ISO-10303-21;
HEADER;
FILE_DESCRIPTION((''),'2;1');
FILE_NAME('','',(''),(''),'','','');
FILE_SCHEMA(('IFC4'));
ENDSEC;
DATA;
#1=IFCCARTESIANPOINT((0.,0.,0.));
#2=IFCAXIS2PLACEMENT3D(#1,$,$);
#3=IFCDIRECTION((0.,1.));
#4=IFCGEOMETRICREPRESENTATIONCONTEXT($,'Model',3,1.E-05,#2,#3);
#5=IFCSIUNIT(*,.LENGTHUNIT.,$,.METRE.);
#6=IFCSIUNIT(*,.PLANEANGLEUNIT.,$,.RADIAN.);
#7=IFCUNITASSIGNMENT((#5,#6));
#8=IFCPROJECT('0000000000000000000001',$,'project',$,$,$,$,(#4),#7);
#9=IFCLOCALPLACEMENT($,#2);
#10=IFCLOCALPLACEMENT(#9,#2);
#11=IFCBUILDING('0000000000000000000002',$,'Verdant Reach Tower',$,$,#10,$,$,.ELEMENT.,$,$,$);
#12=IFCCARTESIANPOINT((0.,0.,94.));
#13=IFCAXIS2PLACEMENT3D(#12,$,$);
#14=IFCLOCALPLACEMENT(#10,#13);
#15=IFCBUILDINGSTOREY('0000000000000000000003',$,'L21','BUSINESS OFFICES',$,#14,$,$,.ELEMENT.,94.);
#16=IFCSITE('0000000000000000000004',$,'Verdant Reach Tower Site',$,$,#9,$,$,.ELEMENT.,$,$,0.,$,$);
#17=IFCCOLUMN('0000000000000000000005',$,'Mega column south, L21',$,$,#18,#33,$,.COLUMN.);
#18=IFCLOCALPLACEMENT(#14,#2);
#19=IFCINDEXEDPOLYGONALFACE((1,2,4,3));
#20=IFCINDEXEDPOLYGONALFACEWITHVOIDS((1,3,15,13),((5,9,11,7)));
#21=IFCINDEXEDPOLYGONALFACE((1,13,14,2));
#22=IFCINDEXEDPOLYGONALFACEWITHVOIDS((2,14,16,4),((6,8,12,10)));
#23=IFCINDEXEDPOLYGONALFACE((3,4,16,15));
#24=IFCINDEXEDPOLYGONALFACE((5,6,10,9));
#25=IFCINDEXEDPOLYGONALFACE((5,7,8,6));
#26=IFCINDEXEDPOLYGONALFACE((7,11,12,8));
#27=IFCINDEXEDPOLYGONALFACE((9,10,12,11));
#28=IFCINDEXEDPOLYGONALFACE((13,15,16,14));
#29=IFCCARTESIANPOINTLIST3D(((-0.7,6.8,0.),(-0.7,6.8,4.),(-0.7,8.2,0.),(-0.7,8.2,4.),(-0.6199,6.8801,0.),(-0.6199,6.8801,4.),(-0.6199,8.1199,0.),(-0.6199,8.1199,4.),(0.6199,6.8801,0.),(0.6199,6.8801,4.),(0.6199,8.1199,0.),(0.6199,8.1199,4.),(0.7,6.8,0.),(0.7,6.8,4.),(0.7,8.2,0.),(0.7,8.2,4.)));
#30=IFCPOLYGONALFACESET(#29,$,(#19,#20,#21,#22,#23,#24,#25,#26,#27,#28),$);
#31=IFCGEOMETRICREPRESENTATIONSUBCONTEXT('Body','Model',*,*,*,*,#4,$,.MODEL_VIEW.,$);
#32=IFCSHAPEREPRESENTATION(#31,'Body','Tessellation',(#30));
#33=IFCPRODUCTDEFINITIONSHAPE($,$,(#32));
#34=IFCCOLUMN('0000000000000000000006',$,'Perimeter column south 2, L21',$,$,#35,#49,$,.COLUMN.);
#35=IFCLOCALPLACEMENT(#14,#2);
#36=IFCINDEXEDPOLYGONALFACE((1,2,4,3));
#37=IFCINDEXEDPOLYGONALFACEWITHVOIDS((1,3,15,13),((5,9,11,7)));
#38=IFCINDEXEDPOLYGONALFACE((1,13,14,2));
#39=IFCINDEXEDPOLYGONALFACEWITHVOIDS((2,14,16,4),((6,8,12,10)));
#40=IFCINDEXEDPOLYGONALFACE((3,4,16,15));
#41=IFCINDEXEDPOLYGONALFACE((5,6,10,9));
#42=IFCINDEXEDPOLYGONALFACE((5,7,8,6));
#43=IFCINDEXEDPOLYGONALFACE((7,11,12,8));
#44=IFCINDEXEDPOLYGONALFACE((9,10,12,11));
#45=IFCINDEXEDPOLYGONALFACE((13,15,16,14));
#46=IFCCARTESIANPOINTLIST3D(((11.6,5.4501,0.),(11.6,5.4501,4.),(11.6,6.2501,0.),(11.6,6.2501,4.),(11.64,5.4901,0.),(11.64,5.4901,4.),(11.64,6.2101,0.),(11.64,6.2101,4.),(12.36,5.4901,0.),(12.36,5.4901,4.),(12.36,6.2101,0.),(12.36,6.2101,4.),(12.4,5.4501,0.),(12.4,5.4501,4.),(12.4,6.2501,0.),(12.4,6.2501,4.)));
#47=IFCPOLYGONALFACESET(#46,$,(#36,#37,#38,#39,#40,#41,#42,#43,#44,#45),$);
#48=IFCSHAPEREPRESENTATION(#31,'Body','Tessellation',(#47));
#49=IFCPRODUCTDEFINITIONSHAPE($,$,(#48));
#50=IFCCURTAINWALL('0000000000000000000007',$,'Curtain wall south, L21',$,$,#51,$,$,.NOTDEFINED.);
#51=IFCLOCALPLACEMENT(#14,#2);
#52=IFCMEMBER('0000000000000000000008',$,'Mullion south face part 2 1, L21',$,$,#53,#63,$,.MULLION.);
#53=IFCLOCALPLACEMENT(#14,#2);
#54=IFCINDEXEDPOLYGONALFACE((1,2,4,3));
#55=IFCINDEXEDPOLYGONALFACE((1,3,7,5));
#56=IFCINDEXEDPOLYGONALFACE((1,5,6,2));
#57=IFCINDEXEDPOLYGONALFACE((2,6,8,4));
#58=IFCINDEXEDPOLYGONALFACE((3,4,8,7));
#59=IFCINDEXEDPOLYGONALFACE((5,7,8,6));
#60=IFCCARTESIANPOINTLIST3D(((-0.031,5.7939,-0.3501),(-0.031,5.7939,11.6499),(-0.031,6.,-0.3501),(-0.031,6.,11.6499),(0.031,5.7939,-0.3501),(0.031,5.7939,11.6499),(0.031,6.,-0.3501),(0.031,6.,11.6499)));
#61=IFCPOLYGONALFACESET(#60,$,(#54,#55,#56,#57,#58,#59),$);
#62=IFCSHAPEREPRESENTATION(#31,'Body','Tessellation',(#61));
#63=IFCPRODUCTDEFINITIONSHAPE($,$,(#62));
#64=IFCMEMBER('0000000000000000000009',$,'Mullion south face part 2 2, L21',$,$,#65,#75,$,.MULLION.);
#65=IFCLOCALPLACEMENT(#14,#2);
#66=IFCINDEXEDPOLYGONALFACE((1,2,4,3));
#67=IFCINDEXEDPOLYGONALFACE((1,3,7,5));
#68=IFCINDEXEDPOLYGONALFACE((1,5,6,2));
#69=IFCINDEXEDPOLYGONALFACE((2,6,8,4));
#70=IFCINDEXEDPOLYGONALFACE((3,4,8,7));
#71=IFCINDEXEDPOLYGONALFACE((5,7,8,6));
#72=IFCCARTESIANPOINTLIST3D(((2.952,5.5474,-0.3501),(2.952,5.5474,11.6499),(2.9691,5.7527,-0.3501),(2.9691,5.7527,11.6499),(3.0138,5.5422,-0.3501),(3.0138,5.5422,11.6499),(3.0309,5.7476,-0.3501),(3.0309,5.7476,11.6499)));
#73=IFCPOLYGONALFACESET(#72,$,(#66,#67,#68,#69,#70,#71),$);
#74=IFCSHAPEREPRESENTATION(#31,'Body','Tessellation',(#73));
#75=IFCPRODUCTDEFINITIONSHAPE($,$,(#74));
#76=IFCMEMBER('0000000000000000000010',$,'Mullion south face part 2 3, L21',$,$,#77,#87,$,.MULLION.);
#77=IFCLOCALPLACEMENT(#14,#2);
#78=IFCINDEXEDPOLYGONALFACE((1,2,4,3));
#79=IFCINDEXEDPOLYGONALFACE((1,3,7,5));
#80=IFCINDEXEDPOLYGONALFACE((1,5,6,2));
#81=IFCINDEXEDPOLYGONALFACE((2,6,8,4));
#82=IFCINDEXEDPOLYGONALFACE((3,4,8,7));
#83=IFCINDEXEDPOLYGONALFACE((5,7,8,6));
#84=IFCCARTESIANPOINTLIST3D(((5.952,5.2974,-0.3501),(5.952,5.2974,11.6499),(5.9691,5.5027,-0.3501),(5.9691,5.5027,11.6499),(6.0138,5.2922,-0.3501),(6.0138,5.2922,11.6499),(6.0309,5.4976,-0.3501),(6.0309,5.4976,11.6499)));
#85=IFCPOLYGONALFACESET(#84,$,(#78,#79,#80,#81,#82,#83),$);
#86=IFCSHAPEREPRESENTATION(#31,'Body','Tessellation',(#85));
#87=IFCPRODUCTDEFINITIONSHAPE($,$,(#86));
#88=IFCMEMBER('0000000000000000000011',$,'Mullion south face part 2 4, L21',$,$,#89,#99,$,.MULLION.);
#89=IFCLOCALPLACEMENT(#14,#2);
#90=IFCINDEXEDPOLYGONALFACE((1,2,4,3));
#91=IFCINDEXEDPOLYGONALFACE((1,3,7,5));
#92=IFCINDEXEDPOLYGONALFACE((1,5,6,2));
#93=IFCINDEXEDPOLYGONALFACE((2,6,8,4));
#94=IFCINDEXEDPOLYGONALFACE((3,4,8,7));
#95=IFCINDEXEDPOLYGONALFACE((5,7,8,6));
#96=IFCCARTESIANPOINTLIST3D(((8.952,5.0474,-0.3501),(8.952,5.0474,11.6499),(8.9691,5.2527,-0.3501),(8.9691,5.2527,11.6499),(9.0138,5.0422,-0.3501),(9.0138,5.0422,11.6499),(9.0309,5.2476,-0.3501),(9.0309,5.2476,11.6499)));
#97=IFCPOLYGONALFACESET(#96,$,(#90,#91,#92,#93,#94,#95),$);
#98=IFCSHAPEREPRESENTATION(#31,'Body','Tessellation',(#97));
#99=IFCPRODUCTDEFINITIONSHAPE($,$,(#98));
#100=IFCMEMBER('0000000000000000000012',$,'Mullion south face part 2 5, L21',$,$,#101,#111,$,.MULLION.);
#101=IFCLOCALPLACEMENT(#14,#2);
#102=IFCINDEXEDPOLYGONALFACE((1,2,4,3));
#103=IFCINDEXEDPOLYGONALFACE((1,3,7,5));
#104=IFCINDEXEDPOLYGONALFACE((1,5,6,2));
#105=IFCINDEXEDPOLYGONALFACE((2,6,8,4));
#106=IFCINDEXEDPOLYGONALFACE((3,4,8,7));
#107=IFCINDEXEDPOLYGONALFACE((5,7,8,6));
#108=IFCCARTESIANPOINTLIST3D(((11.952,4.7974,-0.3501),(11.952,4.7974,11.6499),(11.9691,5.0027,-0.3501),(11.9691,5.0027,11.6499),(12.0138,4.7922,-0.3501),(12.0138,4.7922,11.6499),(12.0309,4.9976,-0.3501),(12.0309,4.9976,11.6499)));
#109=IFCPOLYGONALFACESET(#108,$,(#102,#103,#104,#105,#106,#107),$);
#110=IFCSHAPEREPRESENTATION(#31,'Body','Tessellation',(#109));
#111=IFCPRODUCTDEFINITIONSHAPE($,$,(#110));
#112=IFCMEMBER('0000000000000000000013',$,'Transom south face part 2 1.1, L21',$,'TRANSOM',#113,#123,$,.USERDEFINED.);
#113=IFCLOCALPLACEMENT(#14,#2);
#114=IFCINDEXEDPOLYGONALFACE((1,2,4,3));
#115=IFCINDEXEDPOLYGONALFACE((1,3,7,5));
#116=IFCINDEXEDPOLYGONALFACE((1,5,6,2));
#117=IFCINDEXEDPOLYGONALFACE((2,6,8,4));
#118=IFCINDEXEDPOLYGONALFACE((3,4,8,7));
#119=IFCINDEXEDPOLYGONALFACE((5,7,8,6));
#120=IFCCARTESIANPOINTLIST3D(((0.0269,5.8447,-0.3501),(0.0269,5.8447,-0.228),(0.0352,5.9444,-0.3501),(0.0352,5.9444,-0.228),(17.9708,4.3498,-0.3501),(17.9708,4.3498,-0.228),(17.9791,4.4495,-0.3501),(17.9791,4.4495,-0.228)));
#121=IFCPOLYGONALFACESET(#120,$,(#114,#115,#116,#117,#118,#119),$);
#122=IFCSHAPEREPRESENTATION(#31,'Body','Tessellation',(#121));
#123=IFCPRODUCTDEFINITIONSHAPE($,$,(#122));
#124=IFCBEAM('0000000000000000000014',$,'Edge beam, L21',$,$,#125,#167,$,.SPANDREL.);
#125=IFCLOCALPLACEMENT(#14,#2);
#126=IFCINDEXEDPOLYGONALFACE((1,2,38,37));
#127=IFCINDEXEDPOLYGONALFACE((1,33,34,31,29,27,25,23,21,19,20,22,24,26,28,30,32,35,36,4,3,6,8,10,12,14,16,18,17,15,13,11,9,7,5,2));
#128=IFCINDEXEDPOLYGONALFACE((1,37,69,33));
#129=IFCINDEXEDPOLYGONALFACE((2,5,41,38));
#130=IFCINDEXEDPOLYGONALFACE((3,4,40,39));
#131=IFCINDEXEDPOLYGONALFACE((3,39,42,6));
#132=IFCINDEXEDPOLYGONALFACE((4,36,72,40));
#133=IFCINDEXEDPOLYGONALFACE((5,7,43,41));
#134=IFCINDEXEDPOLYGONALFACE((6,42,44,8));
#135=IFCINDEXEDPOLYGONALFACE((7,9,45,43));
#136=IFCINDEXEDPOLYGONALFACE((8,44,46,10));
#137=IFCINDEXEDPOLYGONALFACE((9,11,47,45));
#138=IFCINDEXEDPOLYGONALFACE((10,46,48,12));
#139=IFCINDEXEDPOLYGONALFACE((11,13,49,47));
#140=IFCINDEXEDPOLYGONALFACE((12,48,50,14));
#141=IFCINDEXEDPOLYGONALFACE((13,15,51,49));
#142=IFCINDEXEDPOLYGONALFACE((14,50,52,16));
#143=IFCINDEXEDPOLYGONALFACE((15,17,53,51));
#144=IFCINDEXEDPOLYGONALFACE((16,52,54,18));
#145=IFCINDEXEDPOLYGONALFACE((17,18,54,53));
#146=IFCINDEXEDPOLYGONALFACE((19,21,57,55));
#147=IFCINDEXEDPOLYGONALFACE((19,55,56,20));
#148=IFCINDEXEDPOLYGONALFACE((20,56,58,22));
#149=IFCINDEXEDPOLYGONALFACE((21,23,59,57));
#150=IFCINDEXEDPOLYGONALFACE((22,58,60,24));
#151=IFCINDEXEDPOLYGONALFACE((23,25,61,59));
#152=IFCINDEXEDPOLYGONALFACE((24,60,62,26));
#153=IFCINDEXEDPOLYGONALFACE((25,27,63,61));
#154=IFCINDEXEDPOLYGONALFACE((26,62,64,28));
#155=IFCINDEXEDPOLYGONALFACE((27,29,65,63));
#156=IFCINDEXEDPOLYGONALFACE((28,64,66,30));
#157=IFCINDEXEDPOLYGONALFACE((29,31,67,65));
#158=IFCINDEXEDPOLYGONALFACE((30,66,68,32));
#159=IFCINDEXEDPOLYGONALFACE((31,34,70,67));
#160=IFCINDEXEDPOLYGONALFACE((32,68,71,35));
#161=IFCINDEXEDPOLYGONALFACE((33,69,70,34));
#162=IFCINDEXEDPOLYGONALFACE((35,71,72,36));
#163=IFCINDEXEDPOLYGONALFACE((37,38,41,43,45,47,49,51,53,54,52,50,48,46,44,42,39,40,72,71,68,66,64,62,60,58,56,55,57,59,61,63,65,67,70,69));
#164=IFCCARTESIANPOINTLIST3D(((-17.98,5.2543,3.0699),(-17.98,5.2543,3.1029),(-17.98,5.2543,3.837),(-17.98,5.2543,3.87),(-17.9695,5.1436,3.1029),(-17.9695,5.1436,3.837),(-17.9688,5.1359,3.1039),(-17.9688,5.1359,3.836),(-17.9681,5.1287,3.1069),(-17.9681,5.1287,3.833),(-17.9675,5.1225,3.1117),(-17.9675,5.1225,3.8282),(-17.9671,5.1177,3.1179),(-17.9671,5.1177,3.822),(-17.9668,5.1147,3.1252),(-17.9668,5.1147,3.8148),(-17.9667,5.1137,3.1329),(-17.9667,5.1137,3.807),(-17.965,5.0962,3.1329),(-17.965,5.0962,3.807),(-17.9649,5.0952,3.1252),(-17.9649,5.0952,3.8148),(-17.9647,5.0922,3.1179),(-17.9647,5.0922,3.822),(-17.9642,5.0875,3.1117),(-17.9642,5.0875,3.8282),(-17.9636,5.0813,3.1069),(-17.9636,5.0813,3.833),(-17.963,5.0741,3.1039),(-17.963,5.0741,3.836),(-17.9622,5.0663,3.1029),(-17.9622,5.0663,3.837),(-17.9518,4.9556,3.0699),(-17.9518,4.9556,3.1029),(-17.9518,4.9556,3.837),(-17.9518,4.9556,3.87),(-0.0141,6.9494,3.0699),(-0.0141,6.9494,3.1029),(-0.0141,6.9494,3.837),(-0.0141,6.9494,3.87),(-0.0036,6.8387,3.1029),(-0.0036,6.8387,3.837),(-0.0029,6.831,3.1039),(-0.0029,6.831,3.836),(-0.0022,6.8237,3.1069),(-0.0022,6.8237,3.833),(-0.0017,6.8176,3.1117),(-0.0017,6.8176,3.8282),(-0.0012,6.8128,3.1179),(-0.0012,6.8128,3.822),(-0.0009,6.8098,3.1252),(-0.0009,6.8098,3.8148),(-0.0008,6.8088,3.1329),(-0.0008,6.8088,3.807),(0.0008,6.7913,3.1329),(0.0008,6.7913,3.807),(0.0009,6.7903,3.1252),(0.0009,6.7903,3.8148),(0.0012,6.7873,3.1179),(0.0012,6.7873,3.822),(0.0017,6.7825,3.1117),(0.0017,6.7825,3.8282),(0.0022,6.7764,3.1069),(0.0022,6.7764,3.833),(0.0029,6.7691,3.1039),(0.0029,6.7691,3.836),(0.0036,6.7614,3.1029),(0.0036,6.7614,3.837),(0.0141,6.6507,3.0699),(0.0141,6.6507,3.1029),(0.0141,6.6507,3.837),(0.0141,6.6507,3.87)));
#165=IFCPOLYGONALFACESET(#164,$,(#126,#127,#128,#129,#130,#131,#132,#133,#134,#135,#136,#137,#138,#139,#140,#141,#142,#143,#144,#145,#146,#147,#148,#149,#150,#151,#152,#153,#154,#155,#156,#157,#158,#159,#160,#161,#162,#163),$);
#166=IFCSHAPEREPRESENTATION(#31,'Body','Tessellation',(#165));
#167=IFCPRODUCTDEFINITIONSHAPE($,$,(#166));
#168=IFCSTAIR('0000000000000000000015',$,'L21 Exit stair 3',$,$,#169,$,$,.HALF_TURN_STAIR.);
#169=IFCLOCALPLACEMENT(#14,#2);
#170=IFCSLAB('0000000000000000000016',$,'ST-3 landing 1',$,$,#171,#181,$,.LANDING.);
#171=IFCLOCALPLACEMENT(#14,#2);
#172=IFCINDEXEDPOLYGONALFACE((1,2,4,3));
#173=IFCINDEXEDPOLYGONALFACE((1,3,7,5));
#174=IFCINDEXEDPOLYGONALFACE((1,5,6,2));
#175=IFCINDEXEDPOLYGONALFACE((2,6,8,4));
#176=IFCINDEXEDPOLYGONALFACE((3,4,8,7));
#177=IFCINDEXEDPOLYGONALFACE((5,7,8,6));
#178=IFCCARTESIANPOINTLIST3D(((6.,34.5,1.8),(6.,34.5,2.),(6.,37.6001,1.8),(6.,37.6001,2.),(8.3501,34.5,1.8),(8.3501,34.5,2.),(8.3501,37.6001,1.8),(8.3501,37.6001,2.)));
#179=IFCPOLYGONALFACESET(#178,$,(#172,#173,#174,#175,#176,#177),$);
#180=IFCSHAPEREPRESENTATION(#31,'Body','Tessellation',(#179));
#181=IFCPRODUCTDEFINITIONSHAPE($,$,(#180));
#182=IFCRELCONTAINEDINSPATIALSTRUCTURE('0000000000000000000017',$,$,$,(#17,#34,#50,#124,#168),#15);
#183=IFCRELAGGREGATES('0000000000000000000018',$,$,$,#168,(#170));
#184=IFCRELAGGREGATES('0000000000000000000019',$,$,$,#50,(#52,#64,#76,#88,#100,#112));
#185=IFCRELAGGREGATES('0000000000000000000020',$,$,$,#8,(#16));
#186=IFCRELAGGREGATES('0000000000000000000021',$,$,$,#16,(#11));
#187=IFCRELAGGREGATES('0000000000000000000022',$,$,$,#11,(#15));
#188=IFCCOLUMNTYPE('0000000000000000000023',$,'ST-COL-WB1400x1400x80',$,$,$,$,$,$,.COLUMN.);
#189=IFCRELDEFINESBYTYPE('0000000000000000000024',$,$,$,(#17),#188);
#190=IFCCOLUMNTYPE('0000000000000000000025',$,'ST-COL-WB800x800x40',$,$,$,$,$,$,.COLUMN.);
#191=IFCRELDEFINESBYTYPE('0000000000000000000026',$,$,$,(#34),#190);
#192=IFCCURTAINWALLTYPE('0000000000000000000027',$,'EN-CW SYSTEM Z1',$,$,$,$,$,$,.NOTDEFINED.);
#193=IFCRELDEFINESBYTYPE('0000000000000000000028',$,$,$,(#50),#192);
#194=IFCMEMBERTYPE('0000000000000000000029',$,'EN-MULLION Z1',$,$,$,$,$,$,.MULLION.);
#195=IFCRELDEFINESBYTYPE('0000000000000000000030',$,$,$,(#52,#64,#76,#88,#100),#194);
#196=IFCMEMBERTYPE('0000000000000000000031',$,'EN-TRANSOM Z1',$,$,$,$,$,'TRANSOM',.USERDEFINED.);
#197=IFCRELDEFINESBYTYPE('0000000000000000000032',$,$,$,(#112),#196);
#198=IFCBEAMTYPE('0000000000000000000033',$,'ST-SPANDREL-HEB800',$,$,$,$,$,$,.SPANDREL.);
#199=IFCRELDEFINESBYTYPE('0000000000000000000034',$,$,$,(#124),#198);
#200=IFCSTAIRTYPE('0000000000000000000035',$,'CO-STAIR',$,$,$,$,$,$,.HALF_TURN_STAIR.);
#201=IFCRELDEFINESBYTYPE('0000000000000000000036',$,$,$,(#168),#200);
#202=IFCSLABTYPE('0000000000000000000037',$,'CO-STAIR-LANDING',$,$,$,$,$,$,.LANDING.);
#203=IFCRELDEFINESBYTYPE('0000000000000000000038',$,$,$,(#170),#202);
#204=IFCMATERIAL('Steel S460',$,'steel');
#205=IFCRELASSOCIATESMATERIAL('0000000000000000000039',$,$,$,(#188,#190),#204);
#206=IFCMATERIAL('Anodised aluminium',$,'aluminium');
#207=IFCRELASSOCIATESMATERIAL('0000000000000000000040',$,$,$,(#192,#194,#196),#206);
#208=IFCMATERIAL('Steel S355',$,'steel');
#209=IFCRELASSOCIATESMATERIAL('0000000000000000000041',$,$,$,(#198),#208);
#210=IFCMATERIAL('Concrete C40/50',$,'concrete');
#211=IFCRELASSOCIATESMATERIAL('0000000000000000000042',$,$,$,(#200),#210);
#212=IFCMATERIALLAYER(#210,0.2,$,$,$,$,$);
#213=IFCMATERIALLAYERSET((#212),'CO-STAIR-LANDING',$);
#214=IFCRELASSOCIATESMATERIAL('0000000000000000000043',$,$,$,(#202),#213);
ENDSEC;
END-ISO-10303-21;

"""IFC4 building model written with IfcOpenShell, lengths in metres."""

from ifc_helpers import new_model, si_unit, direction, frame, origin, origin_2d, place, context, subcontext, project, spatial, polyline, rectangle, hollow_rectangle, i_section, outline, extrude, material, layer, layer_set, material_profile, profile_set, type_object, element, aggregate, save


model = new_model("IFC4")

# Units and contexts
model_context = context("Model", 3, precision=1e-05, world=origin(), true_north=direction((0.0, 1.0)))
body_context = subcontext(model_context, "Body", "Model", "MODEL_VIEW")
ifc_project = project(units=[si_unit("LENGTHUNIT", "METRE"), si_unit("PLANEANGLEUNIT", "RADIAN")], contexts=[model_context])

# Site, building, storey
site_placement = place(None, origin())
site = spatial("IfcSite", under=ifc_project, at=site_placement, Name="Verdant Reach Tower Site", CompositionType="ELEMENT", RefElevation=0.0)
building_placement = place(site_placement, origin())
building = spatial("IfcBuilding", under=site, at=building_placement, Name="Verdant Reach Tower", CompositionType="ELEMENT")
storey_placement = place(building_placement, frame((0.0, 0.0, 94.0)))
storey = spatial("IfcBuildingStorey", under=building, at=storey_placement, Name="L21", Description="BUSINESS OFFICES", CompositionType="ELEMENT", Elevation=94.0)

# Columns
ifc_material_1 = material(Name="Steel S460", Category="steel")
ifc_material_profile_1 = material_profile(ifc_material_1, hollow_rectangle(XDim=1.3999, YDim=1.3999, WallThickness=0.0801, at=origin_2d()), Name="WB 1400x1400x80")
ifc_profile_set_1 = profile_set([ifc_material_profile_1], Name="Steel S460")
column_type_1 = type_object("IfcColumnType", Name="ST-COL-WB1400x1400x80", PredefinedType="COLUMN", material=ifc_profile_set_1)
column_1_placement = place(storey_placement, frame((0.0, 7.5, 0.0), z_axis=(0.0, 0.0, 1.0), x_axis=(1.0, 0.0, 0.0)))
element("IfcColumn", 1, at=column_1_placement, inside=storey, type_object=column_type_1, Name="Mega column south, L21", PredefinedType="COLUMN", context=body_context, shape_type="SweptSolid", body=[
    extrude(hollow_rectangle(XDim=1.3999, YDim=1.3999, WallThickness=0.0801, at=origin_2d()), origin(), (0.0, 0.0, 1.0), 4.0),
])
ifc_material_profile_2 = material_profile(ifc_material_1, hollow_rectangle(XDim=0.8, YDim=0.8, WallThickness=0.04, at=origin_2d()), Name="WB 800x800x40")
ifc_profile_set_2 = profile_set([ifc_material_profile_2], Name="Steel S460")
column_type_2 = type_object("IfcColumnType", Name="ST-COL-WB800x800x40", PredefinedType="COLUMN", material=ifc_profile_set_2)
column_2_placement = place(storey_placement, frame((12.0, 5.8501, 0.0), z_axis=(0.0, 0.0, 1.0), x_axis=(1.0, 0.0, 0.0)))
element("IfcColumn", 2, at=column_2_placement, inside=storey, type_object=column_type_2, Name="Perimeter column south 2, L21", PredefinedType="COLUMN", context=body_context, shape_type="SweptSolid", body=[
    extrude(hollow_rectangle(XDim=0.8, YDim=0.8, WallThickness=0.04, at=origin_2d()), origin(), (0.0, 0.0, 1.0), 4.0),
])

# Curtain wall, members
ifc_material_2 = material(Name="Anodised aluminium", Category="aluminium")
curtain_wall_type = type_object("IfcCurtainWallType", Name="EN-CW SYSTEM Z1", PredefinedType="NOTDEFINED", material=ifc_material_2)
curtain_wall_placement = place(storey_placement, origin())
curtain_wall = element("IfcCurtainWall", 3, at=curtain_wall_placement, inside=storey, type_object=curtain_wall_type, Name="Curtain wall south, L21", PredefinedType="NOTDEFINED")
ifc_material_profile_3 = material_profile(ifc_material_2, rectangle(XDim=0.2061, YDim=0.062, at=origin_2d()), Name="Mullion 62x206")
ifc_profile_set_3 = profile_set([ifc_material_profile_3], Name="Anodised aluminium")
member_type_1 = type_object("IfcMemberType", Name="EN-MULLION Z1", PredefinedType="MULLION", material=ifc_profile_set_3)
member_1_placement = place(storey_placement, frame((0.0, 5.897, -0.3501), z_axis=(0.0, 0.0, 1.0), x_axis=(0.0, -1.0, 0.0)))
member_1 = element("IfcMember", 4, at=member_1_placement, type_object=member_type_1, Name="Mullion south face part 2 1, L21", PredefinedType="MULLION", context=body_context, shape_type="SweptSolid", body=[
    extrude(rectangle(XDim=0.2061, YDim=0.062, at=origin_2d()), origin(), (0.0, 0.0, 1.0), 12.0),
])
member_2_placement = place(storey_placement, frame((2.9915, 5.6475, -0.3501), z_axis=(0.0, 0.0, 1.0), x_axis=(-0.083045, -0.996546, 0.0)))
member_2 = element("IfcMember", 5, at=member_2_placement, type_object=member_type_1, Name="Mullion south face part 2 2, L21", PredefinedType="MULLION", context=body_context, shape_type="SweptSolid", body=[
    extrude(rectangle(XDim=0.2061, YDim=0.062, at=origin_2d()), origin(), (0.0, 0.0, 1.0), 12.0),
])
member_3_placement = place(storey_placement, frame((5.9915, 5.3975, -0.3501), z_axis=(0.0, 0.0, 1.0), x_axis=(-0.083045, -0.996546, 0.0)))
member_3 = element("IfcMember", 6, at=member_3_placement, type_object=member_type_1, Name="Mullion south face part 2 3, L21", PredefinedType="MULLION", context=body_context, shape_type="SweptSolid", body=[
    extrude(rectangle(XDim=0.2061, YDim=0.062, at=origin_2d()), origin(), (0.0, 0.0, 1.0), 12.0),
])
member_4_placement = place(storey_placement, frame((8.9915, 5.1475, -0.3501), z_axis=(0.0, 0.0, 1.0), x_axis=(-0.083045, -0.996546, 0.0)))
member_4 = element("IfcMember", 7, at=member_4_placement, type_object=member_type_1, Name="Mullion south face part 2 4, L21", PredefinedType="MULLION", context=body_context, shape_type="SweptSolid", body=[
    extrude(rectangle(XDim=0.2061, YDim=0.062, at=origin_2d()), origin(), (0.0, 0.0, 1.0), 12.0),
])
member_5_placement = place(storey_placement, frame((11.9915, 4.8975, -0.3501), z_axis=(0.0, 0.0, 1.0), x_axis=(-0.083045, -0.996546, 0.0)))
member_5 = element("IfcMember", 8, at=member_5_placement, type_object=member_type_1, Name="Mullion south face part 2 5, L21", PredefinedType="MULLION", context=body_context, shape_type="SweptSolid", body=[
    extrude(rectangle(XDim=0.2061, YDim=0.062, at=origin_2d()), origin(), (0.0, 0.0, 1.0), 12.0),
])
ifc_material_profile_4 = material_profile(ifc_material_2, rectangle(XDim=0.1001, YDim=0.1221, at=origin_2d()), Name="Transom 122x100")
ifc_profile_set_4 = profile_set([ifc_material_profile_4], Name="Anodised aluminium")
member_type_2 = type_object("IfcMemberType", Name="EN-TRANSOM Z1", ElementType="TRANSOM", PredefinedType="USERDEFINED", material=ifc_profile_set_4)
member_6_placement = place(storey_placement, frame((0.031, 5.8945, -0.2891), z_axis=(0.996548, -0.083021, 0.0), x_axis=(0.083021, 0.996548, 0.0)))
member_6 = element("IfcMember", 9, at=member_6_placement, type_object=member_type_2, Name="Transom south face part 2 1.1, L21", ObjectType="TRANSOM", PredefinedType="USERDEFINED", context=body_context, shape_type="SweptSolid", body=[
    extrude(rectangle(XDim=0.1001, YDim=0.1221, at=origin_2d()), origin(), (0.0, 0.0, 1.0), 18.0061),
])

# Beam
ifc_material_3 = material(Name="Steel S355", Category="steel")
ifc_material_profile_5 = material_profile(ifc_material_3, i_section(OverallWidth=0.3, OverallDepth=0.8, WebThickness=0.0176, FlangeThickness=0.033, FilletRadius=0.03, at=origin_2d()), Name="HEB 800")
ifc_profile_set_5 = profile_set([ifc_material_profile_5], Name="Steel S355")
beam_type = type_object("IfcBeamType", Name="ST-SPANDREL-HEB800", PredefinedType="SPANDREL", material=ifc_profile_set_5)
beam_placement = place(storey_placement, frame((0.0, 6.8, 3.47), z_axis=(-0.995579, -0.093932, 0.0), x_axis=(0.093932, -0.995579, 0.0)))
element("IfcBeam", 10, at=beam_placement, inside=storey, type_object=beam_type, Name="Edge beam, L21", PredefinedType="SPANDREL", context=body_context, shape_type="SweptSolid", body=[
    extrude(i_section(OverallWidth=0.3, OverallDepth=0.8, WebThickness=0.0176, FlangeThickness=0.033, FilletRadius=0.03, at=origin_2d()), origin(), (0.0, 0.0, 1.0), 18.0457),
])

# Stair, slab
ifc_material_4 = material(Name="Concrete C40/50", Category="concrete")
stair_type = type_object("IfcStairType", Name="CO-STAIR", PredefinedType="HALF_TURN_STAIR", material=ifc_material_4)
stair_placement = place(storey_placement, origin())
stair = element("IfcStair", 11, at=stair_placement, inside=storey, type_object=stair_type, Name="L21 Exit stair 3", PredefinedType="HALF_TURN_STAIR")
ifc_layer_1 = layer(ifc_material_4, 0.2)
ifc_layer_set_1 = layer_set([ifc_layer_1], Name="CO-STAIR-LANDING")
slab_type = type_object("IfcSlabType", Name="CO-STAIR-LANDING", PredefinedType="LANDING", material=ifc_layer_set_1)
slab_placement = place(storey_placement, frame((0.0, 0.0, 1.8)))
slab = element("IfcSlab", 12, at=slab_placement, type_object=slab_type, Name="ST-3 landing 1", PredefinedType="LANDING", context=body_context, shape_type="SweptSolid", body=[
    extrude(outline(polyline([(8.3501, 37.6001), (6.0, 37.6001), (6.0, 34.5), (8.3501, 34.5), (8.3501, 37.6001)])), origin(), (0.0, 0.0, 1.0), 0.2),
])
aggregate(stair, [slab])

aggregate(curtain_wall, [member_1, member_2, member_3, member_4, member_5, member_6])

save(model, "model.ifc")
